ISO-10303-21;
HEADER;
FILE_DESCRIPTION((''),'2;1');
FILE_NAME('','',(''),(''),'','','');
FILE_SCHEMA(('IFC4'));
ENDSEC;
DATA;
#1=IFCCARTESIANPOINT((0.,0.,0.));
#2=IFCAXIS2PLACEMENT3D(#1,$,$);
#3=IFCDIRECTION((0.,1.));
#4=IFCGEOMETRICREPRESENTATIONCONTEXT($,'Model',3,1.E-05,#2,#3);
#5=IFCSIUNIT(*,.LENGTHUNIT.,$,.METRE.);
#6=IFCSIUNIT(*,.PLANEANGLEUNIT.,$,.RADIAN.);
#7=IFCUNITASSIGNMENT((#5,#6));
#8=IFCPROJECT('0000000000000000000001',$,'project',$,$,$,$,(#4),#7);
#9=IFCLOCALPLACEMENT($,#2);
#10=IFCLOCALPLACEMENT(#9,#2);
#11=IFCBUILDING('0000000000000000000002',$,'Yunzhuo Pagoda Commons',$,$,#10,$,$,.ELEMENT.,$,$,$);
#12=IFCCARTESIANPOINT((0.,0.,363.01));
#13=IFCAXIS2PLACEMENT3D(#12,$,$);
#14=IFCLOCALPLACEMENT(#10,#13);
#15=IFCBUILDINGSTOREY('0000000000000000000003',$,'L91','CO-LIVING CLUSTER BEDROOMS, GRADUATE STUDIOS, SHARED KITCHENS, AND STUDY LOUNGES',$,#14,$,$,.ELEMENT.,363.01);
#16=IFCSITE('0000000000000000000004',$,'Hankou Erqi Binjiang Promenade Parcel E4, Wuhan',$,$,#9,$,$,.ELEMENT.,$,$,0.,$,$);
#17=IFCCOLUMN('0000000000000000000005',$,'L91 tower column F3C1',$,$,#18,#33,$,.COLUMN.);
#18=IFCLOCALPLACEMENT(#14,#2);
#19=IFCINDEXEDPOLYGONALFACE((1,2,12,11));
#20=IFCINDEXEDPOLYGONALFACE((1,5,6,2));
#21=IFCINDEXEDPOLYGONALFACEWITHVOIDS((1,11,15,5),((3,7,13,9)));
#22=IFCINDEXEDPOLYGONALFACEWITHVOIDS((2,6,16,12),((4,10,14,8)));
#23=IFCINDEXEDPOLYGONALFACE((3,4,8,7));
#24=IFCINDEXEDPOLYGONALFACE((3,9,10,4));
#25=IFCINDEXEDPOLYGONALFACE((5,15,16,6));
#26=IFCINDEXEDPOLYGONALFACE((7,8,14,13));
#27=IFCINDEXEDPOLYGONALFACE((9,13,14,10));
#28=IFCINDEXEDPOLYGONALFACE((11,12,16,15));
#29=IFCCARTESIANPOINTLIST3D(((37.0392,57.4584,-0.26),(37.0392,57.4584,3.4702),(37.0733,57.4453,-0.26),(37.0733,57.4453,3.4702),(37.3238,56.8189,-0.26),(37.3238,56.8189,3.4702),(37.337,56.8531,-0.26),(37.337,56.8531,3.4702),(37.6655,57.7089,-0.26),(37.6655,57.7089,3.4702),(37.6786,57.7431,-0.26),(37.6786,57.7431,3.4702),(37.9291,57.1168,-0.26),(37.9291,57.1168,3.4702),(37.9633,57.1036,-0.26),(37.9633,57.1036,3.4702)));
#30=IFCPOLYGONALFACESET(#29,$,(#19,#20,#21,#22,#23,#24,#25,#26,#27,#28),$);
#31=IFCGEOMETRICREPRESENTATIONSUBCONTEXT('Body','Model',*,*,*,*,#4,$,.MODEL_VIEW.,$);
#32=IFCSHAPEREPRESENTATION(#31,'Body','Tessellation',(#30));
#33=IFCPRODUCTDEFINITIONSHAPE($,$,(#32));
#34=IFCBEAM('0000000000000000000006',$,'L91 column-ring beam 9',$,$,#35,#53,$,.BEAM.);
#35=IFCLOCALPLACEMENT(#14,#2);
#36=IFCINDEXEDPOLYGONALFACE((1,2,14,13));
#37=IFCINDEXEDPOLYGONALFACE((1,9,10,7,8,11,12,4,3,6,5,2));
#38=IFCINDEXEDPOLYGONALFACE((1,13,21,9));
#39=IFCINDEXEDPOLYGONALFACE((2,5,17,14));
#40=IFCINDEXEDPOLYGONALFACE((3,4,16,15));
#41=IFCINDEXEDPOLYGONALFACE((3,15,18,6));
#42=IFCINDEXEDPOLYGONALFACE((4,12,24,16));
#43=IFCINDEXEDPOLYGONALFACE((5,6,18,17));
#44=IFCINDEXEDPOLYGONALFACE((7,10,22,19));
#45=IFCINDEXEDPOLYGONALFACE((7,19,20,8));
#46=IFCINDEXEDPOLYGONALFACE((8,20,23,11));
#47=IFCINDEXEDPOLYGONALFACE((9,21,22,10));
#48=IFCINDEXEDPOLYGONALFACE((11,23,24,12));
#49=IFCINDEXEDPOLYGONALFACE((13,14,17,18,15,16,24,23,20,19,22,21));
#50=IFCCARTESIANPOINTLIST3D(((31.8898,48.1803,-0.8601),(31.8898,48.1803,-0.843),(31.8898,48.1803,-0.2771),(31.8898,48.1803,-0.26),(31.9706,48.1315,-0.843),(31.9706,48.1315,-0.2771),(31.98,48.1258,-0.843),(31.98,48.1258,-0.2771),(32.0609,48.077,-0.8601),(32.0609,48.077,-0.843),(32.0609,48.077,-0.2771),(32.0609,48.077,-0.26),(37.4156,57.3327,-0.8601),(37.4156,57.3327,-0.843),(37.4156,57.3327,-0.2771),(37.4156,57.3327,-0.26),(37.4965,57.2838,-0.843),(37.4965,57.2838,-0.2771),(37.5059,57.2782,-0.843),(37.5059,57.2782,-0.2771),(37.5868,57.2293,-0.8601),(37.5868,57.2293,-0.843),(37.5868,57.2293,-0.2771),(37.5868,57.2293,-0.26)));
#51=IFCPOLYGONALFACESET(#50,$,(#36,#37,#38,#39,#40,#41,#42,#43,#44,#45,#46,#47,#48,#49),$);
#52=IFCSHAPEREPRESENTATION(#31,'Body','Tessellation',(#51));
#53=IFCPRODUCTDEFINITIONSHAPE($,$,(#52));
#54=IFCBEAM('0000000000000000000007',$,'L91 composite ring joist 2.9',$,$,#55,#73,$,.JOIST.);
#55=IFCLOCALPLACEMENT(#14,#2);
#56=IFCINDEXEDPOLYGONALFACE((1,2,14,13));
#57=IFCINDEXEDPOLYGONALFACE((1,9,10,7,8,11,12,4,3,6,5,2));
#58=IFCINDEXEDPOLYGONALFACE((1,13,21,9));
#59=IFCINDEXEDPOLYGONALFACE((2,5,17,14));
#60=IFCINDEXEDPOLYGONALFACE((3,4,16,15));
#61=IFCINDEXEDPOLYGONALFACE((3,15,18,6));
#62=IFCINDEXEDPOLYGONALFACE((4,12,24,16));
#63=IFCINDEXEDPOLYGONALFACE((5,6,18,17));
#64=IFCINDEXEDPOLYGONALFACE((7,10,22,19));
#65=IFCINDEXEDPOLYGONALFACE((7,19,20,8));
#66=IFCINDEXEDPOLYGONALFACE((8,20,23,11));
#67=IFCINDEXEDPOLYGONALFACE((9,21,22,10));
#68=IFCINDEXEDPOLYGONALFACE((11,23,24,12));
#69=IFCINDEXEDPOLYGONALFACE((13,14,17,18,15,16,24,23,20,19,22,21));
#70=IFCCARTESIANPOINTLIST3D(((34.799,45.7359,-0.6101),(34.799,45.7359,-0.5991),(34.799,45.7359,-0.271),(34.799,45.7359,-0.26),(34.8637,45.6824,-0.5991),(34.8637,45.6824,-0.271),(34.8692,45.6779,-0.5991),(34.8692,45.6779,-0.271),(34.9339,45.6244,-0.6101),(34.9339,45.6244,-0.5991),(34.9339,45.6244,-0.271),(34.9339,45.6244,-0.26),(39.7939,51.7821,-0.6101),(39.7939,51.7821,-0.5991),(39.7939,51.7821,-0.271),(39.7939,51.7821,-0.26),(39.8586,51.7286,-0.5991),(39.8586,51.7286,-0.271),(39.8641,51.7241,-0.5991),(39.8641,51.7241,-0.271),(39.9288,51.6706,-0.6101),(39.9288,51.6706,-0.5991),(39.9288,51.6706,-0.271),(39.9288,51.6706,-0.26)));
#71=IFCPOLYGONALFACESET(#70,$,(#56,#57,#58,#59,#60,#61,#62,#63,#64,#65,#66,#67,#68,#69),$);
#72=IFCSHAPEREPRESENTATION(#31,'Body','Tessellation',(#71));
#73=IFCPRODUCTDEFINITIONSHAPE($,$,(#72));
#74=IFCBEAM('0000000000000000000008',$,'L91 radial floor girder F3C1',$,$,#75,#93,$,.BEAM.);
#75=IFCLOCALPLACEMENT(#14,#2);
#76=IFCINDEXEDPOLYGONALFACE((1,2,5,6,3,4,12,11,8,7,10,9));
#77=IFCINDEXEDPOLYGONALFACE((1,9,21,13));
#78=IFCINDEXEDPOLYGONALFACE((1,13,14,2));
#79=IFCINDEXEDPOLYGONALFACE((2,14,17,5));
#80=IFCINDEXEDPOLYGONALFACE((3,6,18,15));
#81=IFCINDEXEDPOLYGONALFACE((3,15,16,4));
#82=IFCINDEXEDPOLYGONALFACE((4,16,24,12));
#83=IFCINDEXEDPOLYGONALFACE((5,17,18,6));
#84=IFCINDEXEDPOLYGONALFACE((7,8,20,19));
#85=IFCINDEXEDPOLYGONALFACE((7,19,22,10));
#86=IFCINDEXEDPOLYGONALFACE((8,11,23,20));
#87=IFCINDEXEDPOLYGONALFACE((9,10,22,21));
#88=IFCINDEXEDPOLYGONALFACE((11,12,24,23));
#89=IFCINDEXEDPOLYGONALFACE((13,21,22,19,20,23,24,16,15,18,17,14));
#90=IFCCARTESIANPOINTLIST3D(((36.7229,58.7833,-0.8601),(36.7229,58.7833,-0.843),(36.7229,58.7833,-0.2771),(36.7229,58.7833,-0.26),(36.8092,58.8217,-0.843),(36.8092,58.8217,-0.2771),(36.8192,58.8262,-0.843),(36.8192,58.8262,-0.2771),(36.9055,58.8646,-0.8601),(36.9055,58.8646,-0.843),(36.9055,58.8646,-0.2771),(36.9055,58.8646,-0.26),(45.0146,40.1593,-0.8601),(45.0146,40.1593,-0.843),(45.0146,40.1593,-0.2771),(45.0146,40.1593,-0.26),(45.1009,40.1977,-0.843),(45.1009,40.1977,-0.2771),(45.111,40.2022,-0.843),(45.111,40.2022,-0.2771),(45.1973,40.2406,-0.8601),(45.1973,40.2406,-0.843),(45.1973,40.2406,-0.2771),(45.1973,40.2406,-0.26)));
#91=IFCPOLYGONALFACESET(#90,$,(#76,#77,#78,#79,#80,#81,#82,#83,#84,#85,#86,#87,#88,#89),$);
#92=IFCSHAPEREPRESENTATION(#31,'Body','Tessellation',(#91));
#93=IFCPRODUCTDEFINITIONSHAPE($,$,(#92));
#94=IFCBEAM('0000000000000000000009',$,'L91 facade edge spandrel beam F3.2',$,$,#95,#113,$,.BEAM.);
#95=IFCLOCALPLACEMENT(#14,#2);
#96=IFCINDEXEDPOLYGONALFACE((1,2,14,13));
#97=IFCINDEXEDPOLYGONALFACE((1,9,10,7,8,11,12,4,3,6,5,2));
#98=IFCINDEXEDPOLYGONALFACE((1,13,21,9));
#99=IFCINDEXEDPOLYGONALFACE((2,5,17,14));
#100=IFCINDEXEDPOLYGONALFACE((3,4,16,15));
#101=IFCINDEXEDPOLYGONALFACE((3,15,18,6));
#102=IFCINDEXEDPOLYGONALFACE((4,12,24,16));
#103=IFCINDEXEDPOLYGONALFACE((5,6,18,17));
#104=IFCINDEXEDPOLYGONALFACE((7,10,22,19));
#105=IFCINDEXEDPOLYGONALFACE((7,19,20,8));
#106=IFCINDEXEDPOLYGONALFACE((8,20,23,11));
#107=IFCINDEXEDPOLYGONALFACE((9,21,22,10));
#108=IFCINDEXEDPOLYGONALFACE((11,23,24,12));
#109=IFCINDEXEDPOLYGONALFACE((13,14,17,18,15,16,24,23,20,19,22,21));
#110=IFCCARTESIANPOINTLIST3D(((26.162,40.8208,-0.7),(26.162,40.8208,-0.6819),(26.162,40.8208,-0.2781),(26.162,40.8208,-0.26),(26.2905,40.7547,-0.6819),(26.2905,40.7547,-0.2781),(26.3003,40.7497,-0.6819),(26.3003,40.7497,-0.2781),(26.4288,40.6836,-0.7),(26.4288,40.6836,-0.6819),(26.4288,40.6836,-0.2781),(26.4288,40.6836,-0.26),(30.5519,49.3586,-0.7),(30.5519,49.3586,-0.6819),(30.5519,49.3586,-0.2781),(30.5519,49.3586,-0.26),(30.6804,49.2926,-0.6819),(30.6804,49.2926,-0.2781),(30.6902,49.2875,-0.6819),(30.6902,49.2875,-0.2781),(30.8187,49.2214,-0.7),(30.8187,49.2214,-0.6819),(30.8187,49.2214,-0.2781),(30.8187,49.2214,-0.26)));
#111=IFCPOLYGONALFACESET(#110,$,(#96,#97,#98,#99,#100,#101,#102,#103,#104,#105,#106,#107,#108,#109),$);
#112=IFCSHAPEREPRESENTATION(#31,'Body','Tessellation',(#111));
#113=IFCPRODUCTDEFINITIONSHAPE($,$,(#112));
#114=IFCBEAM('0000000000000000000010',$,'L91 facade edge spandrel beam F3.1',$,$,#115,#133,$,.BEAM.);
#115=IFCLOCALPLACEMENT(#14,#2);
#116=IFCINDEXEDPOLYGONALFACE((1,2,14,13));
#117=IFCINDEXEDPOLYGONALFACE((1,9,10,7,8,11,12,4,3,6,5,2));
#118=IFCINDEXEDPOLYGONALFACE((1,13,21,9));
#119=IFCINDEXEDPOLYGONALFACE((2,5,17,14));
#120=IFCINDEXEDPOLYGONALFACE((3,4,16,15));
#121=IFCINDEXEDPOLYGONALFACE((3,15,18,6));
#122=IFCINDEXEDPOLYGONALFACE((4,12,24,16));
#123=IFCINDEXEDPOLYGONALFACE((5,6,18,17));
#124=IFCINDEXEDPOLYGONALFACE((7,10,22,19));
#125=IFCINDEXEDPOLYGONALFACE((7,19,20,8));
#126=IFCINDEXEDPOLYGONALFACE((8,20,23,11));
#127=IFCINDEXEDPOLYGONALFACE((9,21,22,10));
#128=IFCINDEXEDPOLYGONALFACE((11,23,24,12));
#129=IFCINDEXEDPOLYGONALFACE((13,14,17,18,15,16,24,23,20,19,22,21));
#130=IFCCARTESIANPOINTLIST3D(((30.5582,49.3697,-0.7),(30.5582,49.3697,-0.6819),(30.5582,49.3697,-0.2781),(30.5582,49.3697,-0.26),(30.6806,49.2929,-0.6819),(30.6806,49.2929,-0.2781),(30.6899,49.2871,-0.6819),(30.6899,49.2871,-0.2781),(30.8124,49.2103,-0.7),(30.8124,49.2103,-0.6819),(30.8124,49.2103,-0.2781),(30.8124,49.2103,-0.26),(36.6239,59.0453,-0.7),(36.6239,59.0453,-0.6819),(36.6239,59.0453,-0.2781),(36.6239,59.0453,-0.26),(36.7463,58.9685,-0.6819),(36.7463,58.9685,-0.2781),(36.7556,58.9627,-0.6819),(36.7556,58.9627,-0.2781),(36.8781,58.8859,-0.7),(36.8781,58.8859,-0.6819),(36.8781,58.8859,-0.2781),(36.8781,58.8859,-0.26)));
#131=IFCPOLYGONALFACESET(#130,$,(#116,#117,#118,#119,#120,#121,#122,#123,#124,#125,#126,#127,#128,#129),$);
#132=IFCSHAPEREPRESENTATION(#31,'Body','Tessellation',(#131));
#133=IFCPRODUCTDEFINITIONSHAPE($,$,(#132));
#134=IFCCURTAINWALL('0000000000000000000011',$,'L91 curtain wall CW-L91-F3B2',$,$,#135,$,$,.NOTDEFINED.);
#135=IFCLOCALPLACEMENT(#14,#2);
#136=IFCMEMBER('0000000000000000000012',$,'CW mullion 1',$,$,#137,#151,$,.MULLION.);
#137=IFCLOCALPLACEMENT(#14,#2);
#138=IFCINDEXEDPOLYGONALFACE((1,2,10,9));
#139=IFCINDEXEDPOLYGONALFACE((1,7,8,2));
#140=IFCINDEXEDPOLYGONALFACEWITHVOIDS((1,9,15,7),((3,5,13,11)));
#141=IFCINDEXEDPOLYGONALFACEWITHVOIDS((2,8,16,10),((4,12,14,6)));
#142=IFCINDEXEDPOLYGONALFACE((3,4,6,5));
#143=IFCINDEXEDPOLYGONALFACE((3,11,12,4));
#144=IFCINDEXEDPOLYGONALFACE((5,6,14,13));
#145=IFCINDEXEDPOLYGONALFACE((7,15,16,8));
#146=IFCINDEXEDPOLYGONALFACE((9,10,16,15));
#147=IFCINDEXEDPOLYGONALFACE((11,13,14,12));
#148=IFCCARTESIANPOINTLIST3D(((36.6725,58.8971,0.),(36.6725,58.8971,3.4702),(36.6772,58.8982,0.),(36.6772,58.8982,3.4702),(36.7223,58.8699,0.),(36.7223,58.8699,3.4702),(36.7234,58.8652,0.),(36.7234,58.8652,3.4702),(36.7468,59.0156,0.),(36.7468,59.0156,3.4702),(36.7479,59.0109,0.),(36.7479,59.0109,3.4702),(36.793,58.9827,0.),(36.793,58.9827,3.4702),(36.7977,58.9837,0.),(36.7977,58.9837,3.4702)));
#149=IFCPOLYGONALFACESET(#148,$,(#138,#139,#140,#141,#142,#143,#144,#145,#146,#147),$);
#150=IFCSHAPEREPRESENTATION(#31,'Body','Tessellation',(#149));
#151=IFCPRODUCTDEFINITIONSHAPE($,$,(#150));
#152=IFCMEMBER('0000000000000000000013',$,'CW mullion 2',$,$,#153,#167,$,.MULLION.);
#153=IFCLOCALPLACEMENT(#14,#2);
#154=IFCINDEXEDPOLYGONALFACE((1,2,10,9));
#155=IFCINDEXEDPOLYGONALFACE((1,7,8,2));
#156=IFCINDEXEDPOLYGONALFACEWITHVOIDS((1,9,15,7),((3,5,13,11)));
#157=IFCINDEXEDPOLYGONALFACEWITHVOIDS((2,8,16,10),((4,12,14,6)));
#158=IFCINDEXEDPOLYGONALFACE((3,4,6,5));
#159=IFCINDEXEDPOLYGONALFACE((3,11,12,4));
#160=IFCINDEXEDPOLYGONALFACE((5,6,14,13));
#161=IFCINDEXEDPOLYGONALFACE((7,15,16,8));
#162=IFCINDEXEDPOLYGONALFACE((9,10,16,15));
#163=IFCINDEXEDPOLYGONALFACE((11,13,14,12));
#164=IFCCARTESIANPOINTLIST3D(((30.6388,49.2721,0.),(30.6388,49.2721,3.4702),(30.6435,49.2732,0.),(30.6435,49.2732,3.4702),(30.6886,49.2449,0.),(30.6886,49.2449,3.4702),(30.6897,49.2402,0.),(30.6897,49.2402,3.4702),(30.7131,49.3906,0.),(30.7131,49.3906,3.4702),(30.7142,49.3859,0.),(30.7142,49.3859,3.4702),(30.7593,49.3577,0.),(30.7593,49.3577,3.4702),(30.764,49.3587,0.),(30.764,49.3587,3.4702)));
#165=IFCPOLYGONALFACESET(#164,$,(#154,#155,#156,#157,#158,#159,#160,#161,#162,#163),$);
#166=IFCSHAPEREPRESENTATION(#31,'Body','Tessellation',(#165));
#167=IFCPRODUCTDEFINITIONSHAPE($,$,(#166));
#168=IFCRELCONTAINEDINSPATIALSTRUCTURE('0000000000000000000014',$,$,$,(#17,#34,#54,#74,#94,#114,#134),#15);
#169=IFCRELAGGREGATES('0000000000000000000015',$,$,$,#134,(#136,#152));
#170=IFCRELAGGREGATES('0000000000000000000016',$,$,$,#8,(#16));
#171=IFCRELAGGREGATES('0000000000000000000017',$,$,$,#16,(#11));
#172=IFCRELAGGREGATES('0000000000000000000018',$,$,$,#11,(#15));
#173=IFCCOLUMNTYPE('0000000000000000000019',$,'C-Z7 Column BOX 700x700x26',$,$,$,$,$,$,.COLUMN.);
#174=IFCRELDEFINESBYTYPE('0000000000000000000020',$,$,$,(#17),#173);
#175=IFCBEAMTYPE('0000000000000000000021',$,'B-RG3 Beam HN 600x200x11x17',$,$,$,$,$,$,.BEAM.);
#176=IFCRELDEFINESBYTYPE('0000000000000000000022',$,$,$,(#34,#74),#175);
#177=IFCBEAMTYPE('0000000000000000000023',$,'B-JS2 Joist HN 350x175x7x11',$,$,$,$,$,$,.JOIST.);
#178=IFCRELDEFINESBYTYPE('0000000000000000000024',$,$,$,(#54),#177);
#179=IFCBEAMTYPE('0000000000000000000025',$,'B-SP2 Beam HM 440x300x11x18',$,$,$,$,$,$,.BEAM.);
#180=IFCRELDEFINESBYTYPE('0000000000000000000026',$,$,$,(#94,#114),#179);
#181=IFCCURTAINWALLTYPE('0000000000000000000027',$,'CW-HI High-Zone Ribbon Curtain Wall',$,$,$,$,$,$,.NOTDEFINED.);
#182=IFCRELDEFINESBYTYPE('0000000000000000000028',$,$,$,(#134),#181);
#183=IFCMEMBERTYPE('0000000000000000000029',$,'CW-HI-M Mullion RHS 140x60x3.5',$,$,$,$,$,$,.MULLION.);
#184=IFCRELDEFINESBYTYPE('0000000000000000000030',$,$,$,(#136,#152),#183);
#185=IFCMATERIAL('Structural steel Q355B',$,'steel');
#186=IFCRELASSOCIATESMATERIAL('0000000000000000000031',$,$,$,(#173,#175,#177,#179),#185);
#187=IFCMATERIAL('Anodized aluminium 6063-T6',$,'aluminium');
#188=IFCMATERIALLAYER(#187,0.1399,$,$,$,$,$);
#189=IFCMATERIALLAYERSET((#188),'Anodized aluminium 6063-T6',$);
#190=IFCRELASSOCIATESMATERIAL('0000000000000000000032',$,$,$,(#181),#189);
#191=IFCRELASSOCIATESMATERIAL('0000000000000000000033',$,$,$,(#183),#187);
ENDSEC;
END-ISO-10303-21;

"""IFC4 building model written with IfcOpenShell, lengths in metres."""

from ifc_helpers import new_model, si_unit, direction, frame, origin, origin_2d, place, context, subcontext, project, spatial, hollow_rectangle, i_section, extrude, source, transform, mapped, material, layer, layer_set, material_profile, profile_set, type_object, element, aggregate, save


model = new_model("IFC4")

# Units and contexts
model_context = context("Model", 3, precision=1e-05, world=origin(), true_north=direction((0.0, 1.0)))
body_context = subcontext(model_context, "Body", "Model", "MODEL_VIEW")
ifc_project = project(units=[si_unit("LENGTHUNIT", "METRE"), si_unit("PLANEANGLEUNIT", "RADIAN")], contexts=[model_context])

# Site, building, storey
site_placement = place(None, origin())
site = spatial("IfcSite", under=ifc_project, at=site_placement, Name="Hankou Erqi Binjiang Promenade Parcel E4, Wuhan", CompositionType="ELEMENT", RefElevation=0.0)
building_placement = place(site_placement, origin())
building = spatial("IfcBuilding", under=site, at=building_placement, Name="Yunzhuo Pagoda Commons", CompositionType="ELEMENT")
storey_placement = place(building_placement, frame((0.0, 0.0, 363.01)))
storey = spatial("IfcBuildingStorey", under=building, at=storey_placement, Name="L91", Description="CO-LIVING CLUSTER BEDROOMS, GRADUATE STUDIOS, SHARED KITCHENS, AND STUDY LOUNGES", CompositionType="ELEMENT", Elevation=363.01)

# Column
ifc_material_1 = material(Name="Structural steel Q355B", Category="steel")
ifc_material_profile_1 = material_profile(ifc_material_1, hollow_rectangle(XDim=0.7, YDim=0.7, WallThickness=0.0259, at=origin_2d()), Name="Structural steel Q355B")
ifc_profile_set_1 = profile_set([ifc_material_profile_1], Name="Structural steel Q355B")
column_type = type_object("IfcColumnType", Name="C-Z7 Column BOX 700x700x26", PredefinedType="COLUMN", material=ifc_profile_set_1)
shared_shape_1 = source(origin(), body_context, "Body", "SweptSolid", [
    extrude(hollow_rectangle(XDim=0.7, YDim=0.7, WallThickness=0.0259, at=origin_2d()), origin(), (0.0, 0.0, 1.0), 3.7302),
])
column_placement = place(storey_placement, frame((37.5012, 57.281, -0.26), z_axis=(0.0, 0.0, 1.0), x_axis=(-0.913545, -0.406737, 0.0)))
element("IfcColumn", 1, at=column_placement, inside=storey, type_object=column_type, Name="L91 tower column F3C1", PredefinedType="COLUMN", context=body_context, shape_type="MappedRepresentation", body=[
    mapped(shared_shape_1, transform((0.0, 0.0, 0.0), scale=1.0)),
])

# Beams
ifc_material_profile_2 = material_profile(ifc_material_1, i_section(OverallWidth=0.2, OverallDepth=0.6001, WebThickness=0.011, FlangeThickness=0.0171, at=origin_2d()), Name="Structural steel Q355B")
ifc_profile_set_2 = profile_set([ifc_material_profile_2], Name="Structural steel Q355B")
beam_type_1 = type_object("IfcBeamType", Name="B-RG3 Beam HN 600x200x11x17", PredefinedType="BEAM", material=ifc_profile_set_2)
shared_shape_2 = source(origin(), body_context, "Body", "SweptSolid", [
    extrude(i_section(OverallWidth=0.2, OverallDepth=0.6001, WebThickness=0.011, FlangeThickness=0.0171, at=origin_2d()), origin(), (0.0, 0.0, 1.0), 10.6912),
])
beam_1_placement = place(storey_placement, frame((37.5012, 57.281, -0.5601), z_axis=(-0.516865, -0.856067, 0.0), x_axis=(0.856067, -0.516865, 0.0)))
element("IfcBeam", 2, at=beam_1_placement, inside=storey, type_object=beam_type_1, Name="L91 column-ring beam 9", PredefinedType="BEAM", context=body_context, shape_type="MappedRepresentation", body=[
    mapped(shared_shape_2, transform((0.0, 0.0, 0.0), scale=1.0)),
])
ifc_material_profile_3 = material_profile(ifc_material_1, i_section(OverallWidth=0.175, OverallDepth=0.3501, WebThickness=0.0071, FlangeThickness=0.011, at=origin_2d()), Name="Structural steel Q355B")
ifc_profile_set_3 = profile_set([ifc_material_profile_3], Name="Structural steel Q355B")
beam_type_2 = type_object("IfcBeamType", Name="B-JS2 Joist HN 350x175x7x11", PredefinedType="JOIST", material=ifc_profile_set_3)
shared_shape_3 = source(origin(), body_context, "Body", "SweptSolid", [
    extrude(i_section(OverallWidth=0.175, OverallDepth=0.3501, WebThickness=0.0071, FlangeThickness=0.011, at=origin_2d()), origin(), (0.0, 0.0, 1.0), 7.8425),
])
beam_2_placement = place(storey_placement, frame((39.8613, 51.7263, -0.4351), z_axis=(-0.636899, -0.770947, 0.0), x_axis=(0.770947, -0.636899, 0.0)))
element("IfcBeam", 3, at=beam_2_placement, inside=storey, type_object=beam_type_2, Name="L91 composite ring joist 2.9", PredefinedType="JOIST", context=body_context, shape_type="MappedRepresentation", body=[
    mapped(shared_shape_3, transform((0.0, 0.0, 0.0), scale=1.0)),
])
shared_shape_4 = source(origin(), body_context, "Body", "SweptSolid", [
    extrude(i_section(OverallWidth=0.2, OverallDepth=0.6001, WebThickness=0.011, FlangeThickness=0.0171, at=origin_2d()), origin(), (0.0, 0.0, 1.0), 20.3865),
])
beam_3_placement = place(storey_placement, frame((36.8142, 58.824, -0.5601), z_axis=(0.406728, -0.913549, 0.0), x_axis=(0.913549, 0.406728, 0.0)))
element("IfcBeam", 4, at=beam_3_placement, inside=storey, type_object=beam_type_1, Name="L91 radial floor girder F3C1", PredefinedType="BEAM", context=body_context, shape_type="MappedRepresentation", body=[
    mapped(shared_shape_4, transform((0.0, 0.0, 0.0), scale=1.0)),
])
ifc_material_profile_4 = material_profile(ifc_material_1, i_section(OverallWidth=0.3, OverallDepth=0.4399, WebThickness=0.011, FlangeThickness=0.0181, at=origin_2d()), Name="Structural steel Q355B")
ifc_profile_set_4 = profile_set([ifc_material_profile_4], Name="Structural steel Q355B")
beam_type_3 = type_object("IfcBeamType", Name="B-SP2 Beam HM 440x300x11x18", PredefinedType="BEAM", material=ifc_profile_set_4)
shared_shape_5 = source(origin(), body_context, "Body", "SweptSolid", [
    extrude(i_section(OverallWidth=0.3, OverallDepth=0.4399, WebThickness=0.011, FlangeThickness=0.0181, at=origin_2d()), origin(), (0.0, 0.0, 1.0), 9.6003),
])
beam_4_placement = place(storey_placement, frame((30.6853, 49.29, -0.48), z_axis=(-0.457266, -0.88933, 0.0), x_axis=(0.88933, -0.457266, 0.0)))
element("IfcBeam", 5, at=beam_4_placement, inside=storey, type_object=beam_type_3, Name="L91 facade edge spandrel beam F3.2", PredefinedType="BEAM", context=body_context, shape_type="MappedRepresentation", body=[
    mapped(shared_shape_5, transform((0.0, 0.0, 0.0), scale=1.0)),
])
shared_shape_6 = source(origin(), body_context, "Body", "SweptSolid", [
    extrude(i_section(OverallWidth=0.3, OverallDepth=0.4399, WebThickness=0.011, FlangeThickness=0.0181, at=origin_2d()), origin(), (0.0, 0.0, 1.0), 11.4197),
])
beam_5_placement = place(storey_placement, frame((36.751, 58.9656, -0.48), z_axis=(-0.531161, -0.847271, 0.0), x_axis=(0.847271, -0.531161, 0.0)))
element("IfcBeam", 6, at=beam_5_placement, inside=storey, type_object=beam_type_3, Name="L91 facade edge spandrel beam F3.1", PredefinedType="BEAM", context=body_context, shape_type="MappedRepresentation", body=[
    mapped(shared_shape_6, transform((0.0, 0.0, 0.0), scale=1.0)),
])

# Curtain wall, members
ifc_material_2 = material(Name="Anodized aluminium 6063-T6", Category="aluminium")
ifc_layer_1 = layer(ifc_material_2, 0.1399)
ifc_layer_set_1 = layer_set([ifc_layer_1], Name="Anodized aluminium 6063-T6")
curtain_wall_type = type_object("IfcCurtainWallType", Name="CW-HI High-Zone Ribbon Curtain Wall", PredefinedType="NOTDEFINED", material=ifc_layer_set_1)
curtain_wall_1_placement = place(storey_placement, origin())
curtain_wall_1 = element("IfcCurtainWall", 7, at=curtain_wall_1_placement, inside=storey, type_object=curtain_wall_type, Name="L91 curtain wall CW-L91-F3B2", PredefinedType="NOTDEFINED")
ifc_material_profile_5 = material_profile(ifc_material_2, hollow_rectangle(XDim=0.0601, YDim=0.1399, WallThickness=0.0034, at=origin_2d()), Name="Anodized aluminium 6063-T6")
ifc_profile_set_5 = profile_set([ifc_material_profile_5], Name="Anodized aluminium 6063-T6")
member_type_1 = type_object("IfcMemberType", Name="CW-HI-M Mullion RHS 140x60x3.5", PredefinedType="MULLION", material=ifc_profile_set_5)
shared_shape_7 = source(origin(), body_context, "Body", "SweptSolid", [
    extrude(hollow_rectangle(XDim=0.0601, YDim=0.1399, WallThickness=0.0034, at=origin_2d()), origin(), (0.0, 0.0, 1.0), 3.4702),
])
member_1_placement = place(storey_placement, frame((36.7351, 58.9404, 0.0), z_axis=(0.0, 0.0, 1.0), x_axis=(0.847273, -0.531158, 0.0)))
member_1 = element("IfcMember", 8, at=member_1_placement, type_object=member_type_1, Name="CW mullion 1", PredefinedType="MULLION", context=body_context, shape_type="MappedRepresentation", body=[
    mapped(shared_shape_7, transform((0.0, 0.0, 0.0), scale=1.0)),
])
member_2_placement = place(storey_placement, frame((30.7014, 49.3154, 0.0), z_axis=(0.0, 0.0, 1.0), x_axis=(0.847273, -0.531158, 0.0)))
member_2 = element("IfcMember", 9, at=member_2_placement, type_object=member_type_1, Name="CW mullion 2", PredefinedType="MULLION", context=body_context, shape_type="MappedRepresentation", body=[
    mapped(shared_shape_7, transform((0.0, 0.0, 0.0), scale=1.0)),
])

aggregate(curtain_wall_1, [member_1, member_2])

save(model, "model.ifc")
